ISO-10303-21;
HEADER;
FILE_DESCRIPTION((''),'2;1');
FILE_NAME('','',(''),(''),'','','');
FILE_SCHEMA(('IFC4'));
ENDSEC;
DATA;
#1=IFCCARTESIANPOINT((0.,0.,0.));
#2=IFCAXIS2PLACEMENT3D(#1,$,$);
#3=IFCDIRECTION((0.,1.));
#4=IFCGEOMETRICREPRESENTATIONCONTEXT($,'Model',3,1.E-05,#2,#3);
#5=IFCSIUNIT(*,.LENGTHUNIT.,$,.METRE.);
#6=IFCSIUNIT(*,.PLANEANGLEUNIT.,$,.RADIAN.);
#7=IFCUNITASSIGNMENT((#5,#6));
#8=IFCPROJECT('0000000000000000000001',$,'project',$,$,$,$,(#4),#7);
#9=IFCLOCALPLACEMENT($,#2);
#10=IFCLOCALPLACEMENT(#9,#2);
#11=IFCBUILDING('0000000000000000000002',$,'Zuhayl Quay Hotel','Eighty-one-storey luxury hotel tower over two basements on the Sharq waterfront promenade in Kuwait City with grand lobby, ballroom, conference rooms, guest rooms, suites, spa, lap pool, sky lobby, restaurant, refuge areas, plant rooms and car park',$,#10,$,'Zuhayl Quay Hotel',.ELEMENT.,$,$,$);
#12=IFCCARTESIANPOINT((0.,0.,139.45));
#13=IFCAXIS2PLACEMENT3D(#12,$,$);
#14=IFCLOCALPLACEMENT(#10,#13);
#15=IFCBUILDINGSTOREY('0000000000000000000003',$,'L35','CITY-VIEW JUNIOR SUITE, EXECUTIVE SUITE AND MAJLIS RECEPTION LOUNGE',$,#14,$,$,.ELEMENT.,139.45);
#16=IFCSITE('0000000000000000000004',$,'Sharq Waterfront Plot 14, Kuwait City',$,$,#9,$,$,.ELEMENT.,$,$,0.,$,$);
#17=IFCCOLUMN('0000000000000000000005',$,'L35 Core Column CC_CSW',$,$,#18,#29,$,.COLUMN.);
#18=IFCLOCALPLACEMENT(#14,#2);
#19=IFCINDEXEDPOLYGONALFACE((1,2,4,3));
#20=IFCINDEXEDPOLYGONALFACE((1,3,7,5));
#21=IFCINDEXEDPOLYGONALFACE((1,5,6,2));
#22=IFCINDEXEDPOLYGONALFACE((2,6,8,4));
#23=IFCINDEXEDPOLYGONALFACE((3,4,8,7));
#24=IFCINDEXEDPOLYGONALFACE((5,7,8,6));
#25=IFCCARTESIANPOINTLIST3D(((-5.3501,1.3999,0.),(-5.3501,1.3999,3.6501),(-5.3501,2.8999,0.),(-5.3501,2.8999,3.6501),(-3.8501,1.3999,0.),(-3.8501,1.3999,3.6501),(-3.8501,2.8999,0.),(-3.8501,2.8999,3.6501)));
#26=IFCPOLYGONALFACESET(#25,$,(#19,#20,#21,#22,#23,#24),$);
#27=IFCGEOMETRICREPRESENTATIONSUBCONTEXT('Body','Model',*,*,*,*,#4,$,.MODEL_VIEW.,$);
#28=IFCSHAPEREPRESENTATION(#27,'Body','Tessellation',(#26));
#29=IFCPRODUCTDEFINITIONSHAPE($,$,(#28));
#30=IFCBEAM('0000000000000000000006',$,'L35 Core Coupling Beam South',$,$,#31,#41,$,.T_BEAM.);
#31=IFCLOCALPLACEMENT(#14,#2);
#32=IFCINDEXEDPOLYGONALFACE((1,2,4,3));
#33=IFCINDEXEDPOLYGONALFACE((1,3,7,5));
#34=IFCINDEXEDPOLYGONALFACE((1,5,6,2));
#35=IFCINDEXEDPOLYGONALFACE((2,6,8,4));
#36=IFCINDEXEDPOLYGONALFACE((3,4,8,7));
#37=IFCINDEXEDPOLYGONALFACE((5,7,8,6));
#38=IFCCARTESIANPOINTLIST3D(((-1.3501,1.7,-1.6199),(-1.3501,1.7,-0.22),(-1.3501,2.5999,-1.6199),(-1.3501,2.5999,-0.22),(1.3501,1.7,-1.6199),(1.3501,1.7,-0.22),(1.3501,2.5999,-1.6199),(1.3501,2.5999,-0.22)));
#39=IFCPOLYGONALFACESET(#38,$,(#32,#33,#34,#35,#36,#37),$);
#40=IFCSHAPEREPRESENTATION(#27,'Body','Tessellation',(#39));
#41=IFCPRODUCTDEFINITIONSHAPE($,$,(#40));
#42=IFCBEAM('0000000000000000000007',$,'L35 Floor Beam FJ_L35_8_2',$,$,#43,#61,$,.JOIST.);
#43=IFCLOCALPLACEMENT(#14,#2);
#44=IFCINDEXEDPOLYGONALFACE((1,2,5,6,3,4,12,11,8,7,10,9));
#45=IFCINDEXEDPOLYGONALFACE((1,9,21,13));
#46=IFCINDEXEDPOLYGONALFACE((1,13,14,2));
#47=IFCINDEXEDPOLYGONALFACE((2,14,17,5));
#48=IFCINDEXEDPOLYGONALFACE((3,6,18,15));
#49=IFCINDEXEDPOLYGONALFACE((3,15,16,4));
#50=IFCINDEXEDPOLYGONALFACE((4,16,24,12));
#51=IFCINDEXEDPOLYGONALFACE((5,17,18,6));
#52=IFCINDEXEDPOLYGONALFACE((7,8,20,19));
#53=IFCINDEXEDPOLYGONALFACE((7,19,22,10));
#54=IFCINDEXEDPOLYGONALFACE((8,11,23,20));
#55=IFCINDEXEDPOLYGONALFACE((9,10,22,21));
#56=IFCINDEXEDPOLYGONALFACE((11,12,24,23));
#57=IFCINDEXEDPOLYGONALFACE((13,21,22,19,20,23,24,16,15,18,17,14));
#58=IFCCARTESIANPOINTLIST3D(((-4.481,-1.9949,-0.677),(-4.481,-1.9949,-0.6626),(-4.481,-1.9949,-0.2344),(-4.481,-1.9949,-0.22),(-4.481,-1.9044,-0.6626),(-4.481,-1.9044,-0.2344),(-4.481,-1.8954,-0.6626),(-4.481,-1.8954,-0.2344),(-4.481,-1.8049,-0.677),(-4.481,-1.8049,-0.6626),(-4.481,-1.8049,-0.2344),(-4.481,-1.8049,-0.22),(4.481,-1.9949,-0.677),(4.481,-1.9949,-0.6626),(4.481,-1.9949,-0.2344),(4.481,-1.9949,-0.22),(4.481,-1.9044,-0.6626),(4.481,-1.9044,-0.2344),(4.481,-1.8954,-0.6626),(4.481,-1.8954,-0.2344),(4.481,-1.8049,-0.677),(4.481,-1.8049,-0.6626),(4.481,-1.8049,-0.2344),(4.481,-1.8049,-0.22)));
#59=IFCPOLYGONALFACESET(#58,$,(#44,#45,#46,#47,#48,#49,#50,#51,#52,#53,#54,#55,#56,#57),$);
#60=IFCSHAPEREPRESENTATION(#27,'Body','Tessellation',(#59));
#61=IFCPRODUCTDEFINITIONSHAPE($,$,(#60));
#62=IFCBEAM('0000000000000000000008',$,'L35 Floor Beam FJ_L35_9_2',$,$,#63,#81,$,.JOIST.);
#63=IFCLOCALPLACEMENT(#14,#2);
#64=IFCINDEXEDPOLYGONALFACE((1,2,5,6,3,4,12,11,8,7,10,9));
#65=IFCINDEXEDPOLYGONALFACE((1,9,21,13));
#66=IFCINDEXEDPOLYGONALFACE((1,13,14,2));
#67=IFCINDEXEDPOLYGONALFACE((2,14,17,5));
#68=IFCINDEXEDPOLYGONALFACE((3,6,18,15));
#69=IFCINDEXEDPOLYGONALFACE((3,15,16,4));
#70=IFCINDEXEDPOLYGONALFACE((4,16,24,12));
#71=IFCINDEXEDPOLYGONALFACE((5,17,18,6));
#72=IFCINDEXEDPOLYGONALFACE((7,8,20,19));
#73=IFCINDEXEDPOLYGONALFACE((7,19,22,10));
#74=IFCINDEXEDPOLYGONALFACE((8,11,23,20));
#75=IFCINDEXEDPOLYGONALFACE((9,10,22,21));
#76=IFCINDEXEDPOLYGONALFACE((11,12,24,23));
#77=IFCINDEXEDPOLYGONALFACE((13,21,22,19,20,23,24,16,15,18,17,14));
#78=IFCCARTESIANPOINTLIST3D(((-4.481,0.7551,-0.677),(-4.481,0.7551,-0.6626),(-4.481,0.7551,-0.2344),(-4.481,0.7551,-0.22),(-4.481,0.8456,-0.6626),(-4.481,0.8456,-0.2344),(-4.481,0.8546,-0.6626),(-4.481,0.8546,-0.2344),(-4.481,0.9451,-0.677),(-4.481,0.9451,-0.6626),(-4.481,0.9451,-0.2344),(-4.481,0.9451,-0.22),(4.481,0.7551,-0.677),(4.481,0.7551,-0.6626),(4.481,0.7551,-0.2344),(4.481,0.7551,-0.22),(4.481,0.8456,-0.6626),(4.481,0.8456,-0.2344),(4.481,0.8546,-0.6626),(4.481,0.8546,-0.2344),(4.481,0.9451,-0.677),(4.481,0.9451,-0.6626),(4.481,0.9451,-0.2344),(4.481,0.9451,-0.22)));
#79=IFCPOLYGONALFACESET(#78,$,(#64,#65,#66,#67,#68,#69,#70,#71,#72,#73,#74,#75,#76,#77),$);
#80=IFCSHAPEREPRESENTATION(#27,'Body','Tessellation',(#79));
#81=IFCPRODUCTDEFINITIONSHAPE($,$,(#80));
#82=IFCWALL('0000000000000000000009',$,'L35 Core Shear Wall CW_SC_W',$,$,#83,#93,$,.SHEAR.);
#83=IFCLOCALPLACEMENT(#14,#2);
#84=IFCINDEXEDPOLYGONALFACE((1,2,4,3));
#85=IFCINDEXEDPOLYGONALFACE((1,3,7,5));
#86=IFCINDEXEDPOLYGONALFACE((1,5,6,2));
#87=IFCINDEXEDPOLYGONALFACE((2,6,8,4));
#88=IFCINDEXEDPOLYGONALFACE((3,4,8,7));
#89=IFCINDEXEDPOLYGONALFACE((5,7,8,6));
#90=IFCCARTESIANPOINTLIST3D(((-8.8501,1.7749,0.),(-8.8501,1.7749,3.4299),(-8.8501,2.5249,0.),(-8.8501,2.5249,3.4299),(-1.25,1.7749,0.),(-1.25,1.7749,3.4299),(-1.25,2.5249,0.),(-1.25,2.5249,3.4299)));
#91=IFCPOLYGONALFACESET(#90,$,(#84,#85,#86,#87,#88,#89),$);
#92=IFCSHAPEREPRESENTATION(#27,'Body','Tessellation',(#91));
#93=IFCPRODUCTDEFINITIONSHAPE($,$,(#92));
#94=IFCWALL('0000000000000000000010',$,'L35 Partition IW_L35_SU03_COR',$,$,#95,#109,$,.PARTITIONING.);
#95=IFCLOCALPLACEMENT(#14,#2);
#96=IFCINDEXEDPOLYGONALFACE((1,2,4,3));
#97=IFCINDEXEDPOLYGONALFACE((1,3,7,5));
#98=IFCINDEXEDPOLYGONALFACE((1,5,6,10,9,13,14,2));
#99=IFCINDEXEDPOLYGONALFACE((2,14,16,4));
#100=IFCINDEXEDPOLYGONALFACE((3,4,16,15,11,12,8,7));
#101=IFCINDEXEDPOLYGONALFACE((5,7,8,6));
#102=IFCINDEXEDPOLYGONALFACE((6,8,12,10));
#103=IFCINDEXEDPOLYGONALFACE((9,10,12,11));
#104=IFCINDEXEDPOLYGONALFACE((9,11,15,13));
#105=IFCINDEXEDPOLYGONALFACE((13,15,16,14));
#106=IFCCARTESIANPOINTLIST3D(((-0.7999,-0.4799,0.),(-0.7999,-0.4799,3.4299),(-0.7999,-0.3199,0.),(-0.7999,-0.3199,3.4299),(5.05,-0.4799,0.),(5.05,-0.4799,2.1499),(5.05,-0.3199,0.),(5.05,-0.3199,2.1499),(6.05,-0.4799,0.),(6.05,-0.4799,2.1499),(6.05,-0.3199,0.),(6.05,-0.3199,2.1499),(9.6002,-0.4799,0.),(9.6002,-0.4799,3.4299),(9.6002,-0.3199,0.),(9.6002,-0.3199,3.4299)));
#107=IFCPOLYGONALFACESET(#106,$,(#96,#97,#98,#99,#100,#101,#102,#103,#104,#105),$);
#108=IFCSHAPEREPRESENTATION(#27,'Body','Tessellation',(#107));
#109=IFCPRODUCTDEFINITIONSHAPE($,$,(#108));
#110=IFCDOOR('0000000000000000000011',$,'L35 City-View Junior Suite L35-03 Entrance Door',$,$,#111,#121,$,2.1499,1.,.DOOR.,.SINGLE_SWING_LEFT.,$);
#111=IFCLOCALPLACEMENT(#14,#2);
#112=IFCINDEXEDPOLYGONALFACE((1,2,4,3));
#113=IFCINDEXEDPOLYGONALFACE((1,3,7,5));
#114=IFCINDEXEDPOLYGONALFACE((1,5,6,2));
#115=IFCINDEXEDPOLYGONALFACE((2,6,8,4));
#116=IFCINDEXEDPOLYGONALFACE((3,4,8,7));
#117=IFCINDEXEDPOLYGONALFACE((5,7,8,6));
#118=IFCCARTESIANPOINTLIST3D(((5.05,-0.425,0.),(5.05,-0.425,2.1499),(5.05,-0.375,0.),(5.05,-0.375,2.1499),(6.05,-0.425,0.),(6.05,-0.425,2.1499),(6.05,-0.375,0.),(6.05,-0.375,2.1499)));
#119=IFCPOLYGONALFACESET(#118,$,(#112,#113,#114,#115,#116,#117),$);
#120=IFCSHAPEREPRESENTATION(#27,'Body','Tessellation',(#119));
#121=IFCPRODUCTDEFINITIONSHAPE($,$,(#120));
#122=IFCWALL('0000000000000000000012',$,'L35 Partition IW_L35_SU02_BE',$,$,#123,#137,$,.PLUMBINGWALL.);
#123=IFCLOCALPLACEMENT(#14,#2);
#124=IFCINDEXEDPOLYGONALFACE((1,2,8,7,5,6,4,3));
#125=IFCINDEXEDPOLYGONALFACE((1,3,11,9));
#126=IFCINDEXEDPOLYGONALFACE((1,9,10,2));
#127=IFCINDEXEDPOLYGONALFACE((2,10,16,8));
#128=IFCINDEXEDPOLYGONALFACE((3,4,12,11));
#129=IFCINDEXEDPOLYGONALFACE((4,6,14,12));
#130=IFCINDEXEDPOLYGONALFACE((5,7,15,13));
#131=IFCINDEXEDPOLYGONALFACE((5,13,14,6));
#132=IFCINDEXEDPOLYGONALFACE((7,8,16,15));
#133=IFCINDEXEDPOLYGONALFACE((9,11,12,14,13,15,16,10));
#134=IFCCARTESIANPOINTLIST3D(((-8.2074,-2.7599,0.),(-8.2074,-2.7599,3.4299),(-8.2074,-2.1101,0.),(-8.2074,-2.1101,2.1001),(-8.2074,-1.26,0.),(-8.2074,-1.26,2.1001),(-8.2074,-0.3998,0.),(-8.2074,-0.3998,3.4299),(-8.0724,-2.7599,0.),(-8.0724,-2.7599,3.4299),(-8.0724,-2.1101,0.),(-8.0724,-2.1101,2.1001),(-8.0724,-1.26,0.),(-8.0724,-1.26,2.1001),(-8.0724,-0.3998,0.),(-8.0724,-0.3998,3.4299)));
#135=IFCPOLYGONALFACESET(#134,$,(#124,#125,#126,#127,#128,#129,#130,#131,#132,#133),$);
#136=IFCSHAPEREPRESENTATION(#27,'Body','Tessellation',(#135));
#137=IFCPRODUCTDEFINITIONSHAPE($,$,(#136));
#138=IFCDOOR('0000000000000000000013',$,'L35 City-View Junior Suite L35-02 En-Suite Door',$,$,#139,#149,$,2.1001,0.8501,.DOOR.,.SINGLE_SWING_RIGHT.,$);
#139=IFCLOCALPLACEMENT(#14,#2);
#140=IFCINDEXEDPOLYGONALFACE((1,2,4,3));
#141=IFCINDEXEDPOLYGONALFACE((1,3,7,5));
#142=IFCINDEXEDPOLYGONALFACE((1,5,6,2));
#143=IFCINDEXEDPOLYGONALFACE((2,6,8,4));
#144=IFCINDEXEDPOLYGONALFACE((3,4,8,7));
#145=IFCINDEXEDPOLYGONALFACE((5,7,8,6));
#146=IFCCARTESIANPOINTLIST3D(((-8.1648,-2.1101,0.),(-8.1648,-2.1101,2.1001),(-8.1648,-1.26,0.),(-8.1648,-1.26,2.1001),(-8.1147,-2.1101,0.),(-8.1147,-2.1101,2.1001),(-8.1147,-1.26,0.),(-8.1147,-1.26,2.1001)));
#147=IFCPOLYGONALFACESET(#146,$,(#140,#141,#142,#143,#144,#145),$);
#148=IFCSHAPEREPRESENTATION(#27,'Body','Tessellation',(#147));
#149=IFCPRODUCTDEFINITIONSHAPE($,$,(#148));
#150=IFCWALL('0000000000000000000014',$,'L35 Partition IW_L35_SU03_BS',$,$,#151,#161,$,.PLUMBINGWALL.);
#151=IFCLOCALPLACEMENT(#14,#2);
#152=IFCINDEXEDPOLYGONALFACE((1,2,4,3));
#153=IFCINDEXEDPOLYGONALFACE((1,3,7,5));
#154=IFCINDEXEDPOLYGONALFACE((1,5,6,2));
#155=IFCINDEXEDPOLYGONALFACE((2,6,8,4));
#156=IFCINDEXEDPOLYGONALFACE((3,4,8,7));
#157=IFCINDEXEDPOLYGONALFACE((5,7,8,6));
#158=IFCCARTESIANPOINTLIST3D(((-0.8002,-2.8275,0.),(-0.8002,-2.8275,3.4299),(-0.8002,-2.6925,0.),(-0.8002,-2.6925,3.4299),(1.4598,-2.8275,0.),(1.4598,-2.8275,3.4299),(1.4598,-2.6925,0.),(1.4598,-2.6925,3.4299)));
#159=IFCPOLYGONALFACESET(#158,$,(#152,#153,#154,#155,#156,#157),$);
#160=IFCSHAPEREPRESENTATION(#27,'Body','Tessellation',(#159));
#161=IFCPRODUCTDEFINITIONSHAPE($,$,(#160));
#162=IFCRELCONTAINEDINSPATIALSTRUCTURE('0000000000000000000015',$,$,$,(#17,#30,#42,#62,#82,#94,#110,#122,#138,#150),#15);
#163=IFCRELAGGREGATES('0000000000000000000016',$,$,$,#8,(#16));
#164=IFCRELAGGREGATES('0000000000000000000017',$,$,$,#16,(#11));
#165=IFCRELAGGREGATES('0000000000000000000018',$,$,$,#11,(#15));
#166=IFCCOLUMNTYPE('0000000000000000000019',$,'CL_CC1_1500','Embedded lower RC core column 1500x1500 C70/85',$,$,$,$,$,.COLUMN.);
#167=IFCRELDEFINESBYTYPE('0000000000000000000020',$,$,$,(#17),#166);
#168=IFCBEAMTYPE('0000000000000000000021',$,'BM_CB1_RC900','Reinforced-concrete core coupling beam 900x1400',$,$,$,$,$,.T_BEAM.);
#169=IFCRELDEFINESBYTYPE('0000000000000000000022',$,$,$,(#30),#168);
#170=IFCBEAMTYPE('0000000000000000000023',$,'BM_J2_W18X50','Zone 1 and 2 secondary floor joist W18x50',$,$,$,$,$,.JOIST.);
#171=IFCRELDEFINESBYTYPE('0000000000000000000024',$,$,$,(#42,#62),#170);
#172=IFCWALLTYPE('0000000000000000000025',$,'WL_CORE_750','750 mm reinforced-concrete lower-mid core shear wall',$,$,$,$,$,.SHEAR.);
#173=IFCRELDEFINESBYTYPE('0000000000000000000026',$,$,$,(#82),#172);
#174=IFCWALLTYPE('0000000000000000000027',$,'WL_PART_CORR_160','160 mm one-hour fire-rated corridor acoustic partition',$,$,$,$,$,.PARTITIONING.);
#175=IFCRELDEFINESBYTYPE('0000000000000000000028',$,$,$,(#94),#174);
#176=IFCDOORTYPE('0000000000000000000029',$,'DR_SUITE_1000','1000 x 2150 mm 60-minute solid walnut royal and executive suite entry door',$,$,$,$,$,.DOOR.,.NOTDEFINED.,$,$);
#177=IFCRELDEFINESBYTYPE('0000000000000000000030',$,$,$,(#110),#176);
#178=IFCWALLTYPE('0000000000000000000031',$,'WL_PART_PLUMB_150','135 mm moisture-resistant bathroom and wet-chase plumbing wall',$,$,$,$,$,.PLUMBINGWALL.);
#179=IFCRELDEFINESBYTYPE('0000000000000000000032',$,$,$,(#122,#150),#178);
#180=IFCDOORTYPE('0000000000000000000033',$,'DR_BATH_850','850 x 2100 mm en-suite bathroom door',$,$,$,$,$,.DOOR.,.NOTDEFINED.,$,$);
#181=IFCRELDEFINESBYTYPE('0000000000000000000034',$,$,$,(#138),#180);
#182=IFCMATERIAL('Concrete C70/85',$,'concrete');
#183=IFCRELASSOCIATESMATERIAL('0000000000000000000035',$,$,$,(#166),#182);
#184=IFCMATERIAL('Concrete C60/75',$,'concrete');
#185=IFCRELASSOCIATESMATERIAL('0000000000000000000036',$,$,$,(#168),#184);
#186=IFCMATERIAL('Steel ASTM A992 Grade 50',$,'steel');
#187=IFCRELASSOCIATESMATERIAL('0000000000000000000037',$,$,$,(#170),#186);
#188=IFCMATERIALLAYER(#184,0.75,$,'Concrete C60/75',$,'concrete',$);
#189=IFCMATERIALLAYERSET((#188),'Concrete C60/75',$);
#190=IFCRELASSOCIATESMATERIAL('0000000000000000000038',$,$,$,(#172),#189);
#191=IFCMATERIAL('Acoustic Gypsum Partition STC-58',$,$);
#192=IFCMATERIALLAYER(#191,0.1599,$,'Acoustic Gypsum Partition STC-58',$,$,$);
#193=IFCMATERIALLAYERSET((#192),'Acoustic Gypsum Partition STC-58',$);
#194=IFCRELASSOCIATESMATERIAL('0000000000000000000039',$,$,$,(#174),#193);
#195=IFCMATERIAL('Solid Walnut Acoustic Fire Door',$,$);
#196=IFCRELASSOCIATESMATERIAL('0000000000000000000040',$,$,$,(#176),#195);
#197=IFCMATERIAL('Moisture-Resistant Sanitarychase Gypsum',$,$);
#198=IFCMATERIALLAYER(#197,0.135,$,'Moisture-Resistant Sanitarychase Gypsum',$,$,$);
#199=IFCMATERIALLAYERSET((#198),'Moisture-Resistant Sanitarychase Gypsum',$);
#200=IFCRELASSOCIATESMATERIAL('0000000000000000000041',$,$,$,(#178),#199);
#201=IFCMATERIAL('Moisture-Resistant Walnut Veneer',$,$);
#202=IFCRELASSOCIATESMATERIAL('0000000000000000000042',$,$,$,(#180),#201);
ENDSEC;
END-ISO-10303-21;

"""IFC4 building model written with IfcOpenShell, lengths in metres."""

from ifc_helpers import new_model, si_unit, direction, frame, frame_2d, origin, origin_2d, place, context, subcontext, project, spatial, rectangle, i_section, extrude, material, layer, layer_set, material_profile, profile_set, type_object, element, fill, save


model = new_model("IFC4")

# Units and contexts
model_context = context("Model", 3, precision=1e-05, world=origin(), true_north=direction((0.0, 1.0)))
body_context = subcontext(model_context, "Body", "Model", "MODEL_VIEW")
ifc_project = project(units=[si_unit("LENGTHUNIT", "METRE"), si_unit("PLANEANGLEUNIT", "RADIAN")], contexts=[model_context])

# Site, building, storey
site_placement = place(None, origin())
site = spatial("IfcSite", under=ifc_project, at=site_placement, Name="Sharq Waterfront Plot 14, Kuwait City", CompositionType="ELEMENT", RefElevation=0.0)
building_placement = place(site_placement, origin())
building = spatial("IfcBuilding", under=site, at=building_placement, Name="Zuhayl Quay Hotel", Description="Eighty-one-storey luxury hotel tower over two basements on the Sharq waterfront promenade in Kuwait City with grand lobby, ballroom, conference rooms, guest rooms, suites, spa, lap pool, sky lobby, restaurant, refuge areas, plant rooms and car park", LongName="Zuhayl Quay Hotel", CompositionType="ELEMENT")
storey_placement = place(building_placement, frame((0.0, 0.0, 139.45)))
storey = spatial("IfcBuildingStorey", under=building, at=storey_placement, Name="L35", Description="CITY-VIEW JUNIOR SUITE, EXECUTIVE SUITE AND MAJLIS RECEPTION LOUNGE", CompositionType="ELEMENT", Elevation=139.45)

# Column
ifc_material_1 = material(Name="Concrete C70/85", Category="concrete")
ifc_material_profile_1 = material_profile(ifc_material_1, rectangle(XDim=1.5, YDim=1.5, at=origin_2d()), Name="RC1500X1500")
ifc_profile_set_1 = profile_set([ifc_material_profile_1], Name="Concrete C70/85")
column_type = type_object("IfcColumnType", Name="CL_CC1_1500", Description="Embedded lower RC core column 1500x1500 C70/85", PredefinedType="COLUMN", material=ifc_profile_set_1)
column_placement = place(storey_placement, frame((-4.6001, 2.1499, 0.0), z_axis=(0.0, 0.0, 1.0), x_axis=(1.0, 0.0, 0.0)))
element("IfcColumn", 1, at=column_placement, inside=storey, type_object=column_type, Name="L35 Core Column CC_CSW", PredefinedType="COLUMN", context=body_context, shape_type="SweptSolid", body=[
    extrude(rectangle(XDim=1.5, YDim=1.5, at=origin_2d()), origin(), (0.0, 0.0, 1.0), 3.6501),
])

# Beams
ifc_material_2 = material(Name="Concrete C60/75", Category="concrete")
ifc_material_profile_2 = material_profile(ifc_material_2, rectangle(XDim=0.8999, YDim=1.3999, at=origin_2d()), Name="RC900X1400")
ifc_profile_set_2 = profile_set([ifc_material_profile_2], Name="Concrete C60/75")
beam_type_1 = type_object("IfcBeamType", Name="BM_CB1_RC900", Description="Reinforced-concrete core coupling beam 900x1400", PredefinedType="T_BEAM", material=ifc_profile_set_2)
beam_placement = place(storey_placement, frame((-1.3501, 2.1499, -0.9199), z_axis=(1.0, 0.0, 0.0), x_axis=(0.0, 1.0, 0.0)))
element("IfcBeam", 2, at=beam_placement, inside=storey, type_object=beam_type_1, Name="L35 Core Coupling Beam South", PredefinedType="T_BEAM", context=body_context, shape_type="SweptSolid", body=[
    extrude(rectangle(XDim=0.8999, YDim=1.3999, at=origin_2d()), origin(), (0.0, 0.0, 1.0), 2.7002),
])
ifc_material_3 = material(Name="Steel ASTM A992 Grade 50", Category="steel")
ifc_material_profile_3 = material_profile(ifc_material_3, i_section(OverallWidth=0.1899, OverallDepth=0.457, WebThickness=0.009, FlangeThickness=0.0144, at=origin_2d()), Name="W18X50")
ifc_profile_set_3 = profile_set([ifc_material_profile_3], Name="Steel ASTM A992 Grade 50")
beam_type_2 = type_object("IfcBeamType", Name="BM_J2_W18X50", Description="Zone 1 and 2 secondary floor joist W18x50", PredefinedType="JOIST", material=ifc_profile_set_3)
for number, where, z_axis, x_axis, name in (
    (3, (-4.481, -1.8999, -0.4485), (1.0, 0.0, 0.0), (0.0, 1.0, 0.0), "L35 Floor Beam FJ_L35_8_2"),
    (4, (-4.481, 0.8501, -0.4485), (1.0, 0.0, 0.0), (0.0, 1.0, 0.0), "L35 Floor Beam FJ_L35_9_2"),
):
    element("IfcBeam", number, at=place(storey_placement, frame(where, z_axis=z_axis, x_axis=x_axis)), inside=storey, type_object=beam_type_2, Name=name, PredefinedType="JOIST", context=body_context, shape_type="SweptSolid", body=[
        extrude(i_section(OverallWidth=0.1899, OverallDepth=0.457, WebThickness=0.009, FlangeThickness=0.0144, at=origin_2d()), origin(), (0.0, 0.0, 1.0), 8.9619),
    ])

# Wall
ifc_layer_1 = layer(ifc_material_2, 0.75, Name="Concrete C60/75", Category="concrete")
ifc_layer_set_1 = layer_set([ifc_layer_1], Name="Concrete C60/75")
wall_type_1 = type_object("IfcWallType", Name="WL_CORE_750", Description="750 mm reinforced-concrete lower-mid core shear wall", PredefinedType="SHEAR", material=ifc_layer_set_1)
wall_1_placement = place(storey_placement, frame((-8.8501, 2.1499, 0.0), z_axis=(0.0, 0.0, 1.0), x_axis=(1.0, 0.0, 0.0)))
element("IfcWall", 5, at=wall_1_placement, inside=storey, type_object=wall_type_1, Name="L35 Core Shear Wall CW_SC_W", PredefinedType="SHEAR", context=body_context, shape_type="SweptSolid", body=[
    extrude(rectangle(XDim=7.6001, YDim=0.75, at=frame_2d((3.8, 0.0))), origin(), (0.0, 0.0, 1.0), 3.4299),
])

# Walls, openings, doors
ifc_material_4 = material(Name="Acoustic Gypsum Partition STC-58")
ifc_layer_2 = layer(ifc_material_4, 0.1599, Name="Acoustic Gypsum Partition STC-58")
ifc_layer_set_2 = layer_set([ifc_layer_2], Name="Acoustic Gypsum Partition STC-58")
wall_type_2 = type_object("IfcWallType", Name="WL_PART_CORR_160", Description="160 mm one-hour fire-rated corridor acoustic partition", PredefinedType="PARTITIONING", material=ifc_layer_set_2)
wall_2_placement = place(storey_placement, frame((-0.8, -0.3999, 0.0), z_axis=(0.0, 0.0, 1.0), x_axis=(1.0, 0.0, 0.0)))
wall_2 = element("IfcWall", 6, at=wall_2_placement, inside=storey, type_object=wall_type_2, Name="L35 Partition IW_L35_SU03_COR", PredefinedType="PARTITIONING", context=body_context, shape_type="SweptSolid", body=[
    extrude(rectangle(XDim=10.4001, YDim=0.1599, at=frame_2d((5.2002, 0.0))), origin(), (0.0, 0.0, 1.0), 3.4299),
])
opening_1_placement = place(wall_2_placement, frame((5.8501, 0.0, 0.0)))
opening_1 = element("IfcOpeningElement", 7, at=opening_1_placement, cuts=wall_2, PredefinedType="OPENING", context=body_context, shape_type="SweptSolid", body=[
    extrude(rectangle(XDim=1.0, YDim=2.1499, at=frame_2d((0.5, 1.075))), frame((0.0, 0.0898, 0.0), z_axis=(0.0, -1.0, 0.0), x_axis=(1.0, 0.0, 0.0)), (0.0, 0.0, 1.0), 0.1799),
])
ifc_material_5 = material(Name="Solid Walnut Acoustic Fire Door")
door_type_1 = type_object("IfcDoorType", Name="DR_SUITE_1000", Description="1000 x 2150 mm 60-minute solid walnut royal and executive suite entry door", OperationType="NOTDEFINED", PredefinedType="DOOR", material=ifc_material_5)
door_1_placement = place(opening_1_placement, origin())
door_1 = element("IfcDoor", 8, at=door_1_placement, inside=storey, type_object=door_type_1, Name="L35 City-View Junior Suite L35-03 Entrance Door", OperationType="SINGLE_SWING_LEFT", OverallHeight=2.1499, OverallWidth=1.0, PredefinedType="DOOR", context=body_context, shape_type="SweptSolid", body=[
    extrude(rectangle(XDim=1.0, YDim=2.1499, at=frame_2d((0.5, 1.075))), frame((0.0, 0.0249, 0.0), z_axis=(0.0, -1.0, 0.0), x_axis=(1.0, 0.0, 0.0)), (0.0, 0.0, 1.0), 0.05),
])
fill(opening_1, door_1)
ifc_material_6 = material(Name="Moisture-Resistant Sanitarychase Gypsum")
ifc_layer_3 = layer(ifc_material_6, 0.135, Name="Moisture-Resistant Sanitarychase Gypsum")
ifc_layer_set_3 = layer_set([ifc_layer_3], Name="Moisture-Resistant Sanitarychase Gypsum")
wall_type_3 = type_object("IfcWallType", Name="WL_PART_PLUMB_150", Description="135 mm moisture-resistant bathroom and wet-chase plumbing wall", PredefinedType="PLUMBINGWALL", material=ifc_layer_set_3)
wall_3_placement = place(storey_placement, frame((-8.1399, -2.76, 0.0), z_axis=(0.0, 0.0, 1.0), x_axis=(0.0, 1.0, 0.0)))
wall_3 = element("IfcWall", 9, at=wall_3_placement, inside=storey, type_object=wall_type_3, Name="L35 Partition IW_L35_SU02_BE", PredefinedType="PLUMBINGWALL", context=body_context, shape_type="SweptSolid", body=[
    extrude(rectangle(XDim=2.3601, YDim=0.135, at=frame_2d((1.1802, 0.0))), origin(), (0.0, 0.0, 1.0), 3.4299),
])
opening_2_placement = place(wall_3_placement, frame((0.6499, 0.0, 0.0)))
opening_2 = element("IfcOpeningElement", 10, at=opening_2_placement, cuts=wall_3, PredefinedType="OPENING", context=body_context, shape_type="SweptSolid", body=[
    extrude(rectangle(XDim=0.8501, YDim=2.1001, at=frame_2d((0.425, 1.05))), frame((0.0, 0.0774, 0.0), z_axis=(0.0, -1.0, 0.0), x_axis=(1.0, 0.0, 0.0)), (0.0, 0.0, 1.0), 0.155),
])
ifc_material_7 = material(Name="Moisture-Resistant Walnut Veneer")
door_type_2 = type_object("IfcDoorType", Name="DR_BATH_850", Description="850 x 2100 mm en-suite bathroom door", OperationType="NOTDEFINED", PredefinedType="DOOR", material=ifc_material_7)
door_2_placement = place(opening_2_placement, origin())
door_2 = element("IfcDoor", 11, at=door_2_placement, inside=storey, type_object=door_type_2, Name="L35 City-View Junior Suite L35-02 En-Suite Door", OperationType="SINGLE_SWING_RIGHT", OverallHeight=2.1001, OverallWidth=0.8501, PredefinedType="DOOR", context=body_context, shape_type="SweptSolid", body=[
    extrude(rectangle(XDim=0.8501, YDim=2.1001, at=frame_2d((0.425, 1.05))), frame((0.0, 0.0249, 0.0), z_axis=(0.0, -1.0, 0.0), x_axis=(1.0, 0.0, 0.0)), (0.0, 0.0, 1.0), 0.05),
])
fill(opening_2, door_2)

# Wall
wall_4_placement = place(storey_placement, frame((-0.8, -2.76, 0.0), z_axis=(0.0, 0.0, 1.0), x_axis=(1.0, 0.0, 0.0)))
element("IfcWall", 12, at=wall_4_placement, inside=storey, type_object=wall_type_3, Name="L35 Partition IW_L35_SU03_BS", PredefinedType="PLUMBINGWALL", context=body_context, shape_type="SweptSolid", body=[
    extrude(rectangle(XDim=2.26, YDim=0.135, at=frame_2d((1.1299, 0.0))), origin(), (0.0, 0.0, 1.0), 3.4299),
])

save(model, "model.ifc")
